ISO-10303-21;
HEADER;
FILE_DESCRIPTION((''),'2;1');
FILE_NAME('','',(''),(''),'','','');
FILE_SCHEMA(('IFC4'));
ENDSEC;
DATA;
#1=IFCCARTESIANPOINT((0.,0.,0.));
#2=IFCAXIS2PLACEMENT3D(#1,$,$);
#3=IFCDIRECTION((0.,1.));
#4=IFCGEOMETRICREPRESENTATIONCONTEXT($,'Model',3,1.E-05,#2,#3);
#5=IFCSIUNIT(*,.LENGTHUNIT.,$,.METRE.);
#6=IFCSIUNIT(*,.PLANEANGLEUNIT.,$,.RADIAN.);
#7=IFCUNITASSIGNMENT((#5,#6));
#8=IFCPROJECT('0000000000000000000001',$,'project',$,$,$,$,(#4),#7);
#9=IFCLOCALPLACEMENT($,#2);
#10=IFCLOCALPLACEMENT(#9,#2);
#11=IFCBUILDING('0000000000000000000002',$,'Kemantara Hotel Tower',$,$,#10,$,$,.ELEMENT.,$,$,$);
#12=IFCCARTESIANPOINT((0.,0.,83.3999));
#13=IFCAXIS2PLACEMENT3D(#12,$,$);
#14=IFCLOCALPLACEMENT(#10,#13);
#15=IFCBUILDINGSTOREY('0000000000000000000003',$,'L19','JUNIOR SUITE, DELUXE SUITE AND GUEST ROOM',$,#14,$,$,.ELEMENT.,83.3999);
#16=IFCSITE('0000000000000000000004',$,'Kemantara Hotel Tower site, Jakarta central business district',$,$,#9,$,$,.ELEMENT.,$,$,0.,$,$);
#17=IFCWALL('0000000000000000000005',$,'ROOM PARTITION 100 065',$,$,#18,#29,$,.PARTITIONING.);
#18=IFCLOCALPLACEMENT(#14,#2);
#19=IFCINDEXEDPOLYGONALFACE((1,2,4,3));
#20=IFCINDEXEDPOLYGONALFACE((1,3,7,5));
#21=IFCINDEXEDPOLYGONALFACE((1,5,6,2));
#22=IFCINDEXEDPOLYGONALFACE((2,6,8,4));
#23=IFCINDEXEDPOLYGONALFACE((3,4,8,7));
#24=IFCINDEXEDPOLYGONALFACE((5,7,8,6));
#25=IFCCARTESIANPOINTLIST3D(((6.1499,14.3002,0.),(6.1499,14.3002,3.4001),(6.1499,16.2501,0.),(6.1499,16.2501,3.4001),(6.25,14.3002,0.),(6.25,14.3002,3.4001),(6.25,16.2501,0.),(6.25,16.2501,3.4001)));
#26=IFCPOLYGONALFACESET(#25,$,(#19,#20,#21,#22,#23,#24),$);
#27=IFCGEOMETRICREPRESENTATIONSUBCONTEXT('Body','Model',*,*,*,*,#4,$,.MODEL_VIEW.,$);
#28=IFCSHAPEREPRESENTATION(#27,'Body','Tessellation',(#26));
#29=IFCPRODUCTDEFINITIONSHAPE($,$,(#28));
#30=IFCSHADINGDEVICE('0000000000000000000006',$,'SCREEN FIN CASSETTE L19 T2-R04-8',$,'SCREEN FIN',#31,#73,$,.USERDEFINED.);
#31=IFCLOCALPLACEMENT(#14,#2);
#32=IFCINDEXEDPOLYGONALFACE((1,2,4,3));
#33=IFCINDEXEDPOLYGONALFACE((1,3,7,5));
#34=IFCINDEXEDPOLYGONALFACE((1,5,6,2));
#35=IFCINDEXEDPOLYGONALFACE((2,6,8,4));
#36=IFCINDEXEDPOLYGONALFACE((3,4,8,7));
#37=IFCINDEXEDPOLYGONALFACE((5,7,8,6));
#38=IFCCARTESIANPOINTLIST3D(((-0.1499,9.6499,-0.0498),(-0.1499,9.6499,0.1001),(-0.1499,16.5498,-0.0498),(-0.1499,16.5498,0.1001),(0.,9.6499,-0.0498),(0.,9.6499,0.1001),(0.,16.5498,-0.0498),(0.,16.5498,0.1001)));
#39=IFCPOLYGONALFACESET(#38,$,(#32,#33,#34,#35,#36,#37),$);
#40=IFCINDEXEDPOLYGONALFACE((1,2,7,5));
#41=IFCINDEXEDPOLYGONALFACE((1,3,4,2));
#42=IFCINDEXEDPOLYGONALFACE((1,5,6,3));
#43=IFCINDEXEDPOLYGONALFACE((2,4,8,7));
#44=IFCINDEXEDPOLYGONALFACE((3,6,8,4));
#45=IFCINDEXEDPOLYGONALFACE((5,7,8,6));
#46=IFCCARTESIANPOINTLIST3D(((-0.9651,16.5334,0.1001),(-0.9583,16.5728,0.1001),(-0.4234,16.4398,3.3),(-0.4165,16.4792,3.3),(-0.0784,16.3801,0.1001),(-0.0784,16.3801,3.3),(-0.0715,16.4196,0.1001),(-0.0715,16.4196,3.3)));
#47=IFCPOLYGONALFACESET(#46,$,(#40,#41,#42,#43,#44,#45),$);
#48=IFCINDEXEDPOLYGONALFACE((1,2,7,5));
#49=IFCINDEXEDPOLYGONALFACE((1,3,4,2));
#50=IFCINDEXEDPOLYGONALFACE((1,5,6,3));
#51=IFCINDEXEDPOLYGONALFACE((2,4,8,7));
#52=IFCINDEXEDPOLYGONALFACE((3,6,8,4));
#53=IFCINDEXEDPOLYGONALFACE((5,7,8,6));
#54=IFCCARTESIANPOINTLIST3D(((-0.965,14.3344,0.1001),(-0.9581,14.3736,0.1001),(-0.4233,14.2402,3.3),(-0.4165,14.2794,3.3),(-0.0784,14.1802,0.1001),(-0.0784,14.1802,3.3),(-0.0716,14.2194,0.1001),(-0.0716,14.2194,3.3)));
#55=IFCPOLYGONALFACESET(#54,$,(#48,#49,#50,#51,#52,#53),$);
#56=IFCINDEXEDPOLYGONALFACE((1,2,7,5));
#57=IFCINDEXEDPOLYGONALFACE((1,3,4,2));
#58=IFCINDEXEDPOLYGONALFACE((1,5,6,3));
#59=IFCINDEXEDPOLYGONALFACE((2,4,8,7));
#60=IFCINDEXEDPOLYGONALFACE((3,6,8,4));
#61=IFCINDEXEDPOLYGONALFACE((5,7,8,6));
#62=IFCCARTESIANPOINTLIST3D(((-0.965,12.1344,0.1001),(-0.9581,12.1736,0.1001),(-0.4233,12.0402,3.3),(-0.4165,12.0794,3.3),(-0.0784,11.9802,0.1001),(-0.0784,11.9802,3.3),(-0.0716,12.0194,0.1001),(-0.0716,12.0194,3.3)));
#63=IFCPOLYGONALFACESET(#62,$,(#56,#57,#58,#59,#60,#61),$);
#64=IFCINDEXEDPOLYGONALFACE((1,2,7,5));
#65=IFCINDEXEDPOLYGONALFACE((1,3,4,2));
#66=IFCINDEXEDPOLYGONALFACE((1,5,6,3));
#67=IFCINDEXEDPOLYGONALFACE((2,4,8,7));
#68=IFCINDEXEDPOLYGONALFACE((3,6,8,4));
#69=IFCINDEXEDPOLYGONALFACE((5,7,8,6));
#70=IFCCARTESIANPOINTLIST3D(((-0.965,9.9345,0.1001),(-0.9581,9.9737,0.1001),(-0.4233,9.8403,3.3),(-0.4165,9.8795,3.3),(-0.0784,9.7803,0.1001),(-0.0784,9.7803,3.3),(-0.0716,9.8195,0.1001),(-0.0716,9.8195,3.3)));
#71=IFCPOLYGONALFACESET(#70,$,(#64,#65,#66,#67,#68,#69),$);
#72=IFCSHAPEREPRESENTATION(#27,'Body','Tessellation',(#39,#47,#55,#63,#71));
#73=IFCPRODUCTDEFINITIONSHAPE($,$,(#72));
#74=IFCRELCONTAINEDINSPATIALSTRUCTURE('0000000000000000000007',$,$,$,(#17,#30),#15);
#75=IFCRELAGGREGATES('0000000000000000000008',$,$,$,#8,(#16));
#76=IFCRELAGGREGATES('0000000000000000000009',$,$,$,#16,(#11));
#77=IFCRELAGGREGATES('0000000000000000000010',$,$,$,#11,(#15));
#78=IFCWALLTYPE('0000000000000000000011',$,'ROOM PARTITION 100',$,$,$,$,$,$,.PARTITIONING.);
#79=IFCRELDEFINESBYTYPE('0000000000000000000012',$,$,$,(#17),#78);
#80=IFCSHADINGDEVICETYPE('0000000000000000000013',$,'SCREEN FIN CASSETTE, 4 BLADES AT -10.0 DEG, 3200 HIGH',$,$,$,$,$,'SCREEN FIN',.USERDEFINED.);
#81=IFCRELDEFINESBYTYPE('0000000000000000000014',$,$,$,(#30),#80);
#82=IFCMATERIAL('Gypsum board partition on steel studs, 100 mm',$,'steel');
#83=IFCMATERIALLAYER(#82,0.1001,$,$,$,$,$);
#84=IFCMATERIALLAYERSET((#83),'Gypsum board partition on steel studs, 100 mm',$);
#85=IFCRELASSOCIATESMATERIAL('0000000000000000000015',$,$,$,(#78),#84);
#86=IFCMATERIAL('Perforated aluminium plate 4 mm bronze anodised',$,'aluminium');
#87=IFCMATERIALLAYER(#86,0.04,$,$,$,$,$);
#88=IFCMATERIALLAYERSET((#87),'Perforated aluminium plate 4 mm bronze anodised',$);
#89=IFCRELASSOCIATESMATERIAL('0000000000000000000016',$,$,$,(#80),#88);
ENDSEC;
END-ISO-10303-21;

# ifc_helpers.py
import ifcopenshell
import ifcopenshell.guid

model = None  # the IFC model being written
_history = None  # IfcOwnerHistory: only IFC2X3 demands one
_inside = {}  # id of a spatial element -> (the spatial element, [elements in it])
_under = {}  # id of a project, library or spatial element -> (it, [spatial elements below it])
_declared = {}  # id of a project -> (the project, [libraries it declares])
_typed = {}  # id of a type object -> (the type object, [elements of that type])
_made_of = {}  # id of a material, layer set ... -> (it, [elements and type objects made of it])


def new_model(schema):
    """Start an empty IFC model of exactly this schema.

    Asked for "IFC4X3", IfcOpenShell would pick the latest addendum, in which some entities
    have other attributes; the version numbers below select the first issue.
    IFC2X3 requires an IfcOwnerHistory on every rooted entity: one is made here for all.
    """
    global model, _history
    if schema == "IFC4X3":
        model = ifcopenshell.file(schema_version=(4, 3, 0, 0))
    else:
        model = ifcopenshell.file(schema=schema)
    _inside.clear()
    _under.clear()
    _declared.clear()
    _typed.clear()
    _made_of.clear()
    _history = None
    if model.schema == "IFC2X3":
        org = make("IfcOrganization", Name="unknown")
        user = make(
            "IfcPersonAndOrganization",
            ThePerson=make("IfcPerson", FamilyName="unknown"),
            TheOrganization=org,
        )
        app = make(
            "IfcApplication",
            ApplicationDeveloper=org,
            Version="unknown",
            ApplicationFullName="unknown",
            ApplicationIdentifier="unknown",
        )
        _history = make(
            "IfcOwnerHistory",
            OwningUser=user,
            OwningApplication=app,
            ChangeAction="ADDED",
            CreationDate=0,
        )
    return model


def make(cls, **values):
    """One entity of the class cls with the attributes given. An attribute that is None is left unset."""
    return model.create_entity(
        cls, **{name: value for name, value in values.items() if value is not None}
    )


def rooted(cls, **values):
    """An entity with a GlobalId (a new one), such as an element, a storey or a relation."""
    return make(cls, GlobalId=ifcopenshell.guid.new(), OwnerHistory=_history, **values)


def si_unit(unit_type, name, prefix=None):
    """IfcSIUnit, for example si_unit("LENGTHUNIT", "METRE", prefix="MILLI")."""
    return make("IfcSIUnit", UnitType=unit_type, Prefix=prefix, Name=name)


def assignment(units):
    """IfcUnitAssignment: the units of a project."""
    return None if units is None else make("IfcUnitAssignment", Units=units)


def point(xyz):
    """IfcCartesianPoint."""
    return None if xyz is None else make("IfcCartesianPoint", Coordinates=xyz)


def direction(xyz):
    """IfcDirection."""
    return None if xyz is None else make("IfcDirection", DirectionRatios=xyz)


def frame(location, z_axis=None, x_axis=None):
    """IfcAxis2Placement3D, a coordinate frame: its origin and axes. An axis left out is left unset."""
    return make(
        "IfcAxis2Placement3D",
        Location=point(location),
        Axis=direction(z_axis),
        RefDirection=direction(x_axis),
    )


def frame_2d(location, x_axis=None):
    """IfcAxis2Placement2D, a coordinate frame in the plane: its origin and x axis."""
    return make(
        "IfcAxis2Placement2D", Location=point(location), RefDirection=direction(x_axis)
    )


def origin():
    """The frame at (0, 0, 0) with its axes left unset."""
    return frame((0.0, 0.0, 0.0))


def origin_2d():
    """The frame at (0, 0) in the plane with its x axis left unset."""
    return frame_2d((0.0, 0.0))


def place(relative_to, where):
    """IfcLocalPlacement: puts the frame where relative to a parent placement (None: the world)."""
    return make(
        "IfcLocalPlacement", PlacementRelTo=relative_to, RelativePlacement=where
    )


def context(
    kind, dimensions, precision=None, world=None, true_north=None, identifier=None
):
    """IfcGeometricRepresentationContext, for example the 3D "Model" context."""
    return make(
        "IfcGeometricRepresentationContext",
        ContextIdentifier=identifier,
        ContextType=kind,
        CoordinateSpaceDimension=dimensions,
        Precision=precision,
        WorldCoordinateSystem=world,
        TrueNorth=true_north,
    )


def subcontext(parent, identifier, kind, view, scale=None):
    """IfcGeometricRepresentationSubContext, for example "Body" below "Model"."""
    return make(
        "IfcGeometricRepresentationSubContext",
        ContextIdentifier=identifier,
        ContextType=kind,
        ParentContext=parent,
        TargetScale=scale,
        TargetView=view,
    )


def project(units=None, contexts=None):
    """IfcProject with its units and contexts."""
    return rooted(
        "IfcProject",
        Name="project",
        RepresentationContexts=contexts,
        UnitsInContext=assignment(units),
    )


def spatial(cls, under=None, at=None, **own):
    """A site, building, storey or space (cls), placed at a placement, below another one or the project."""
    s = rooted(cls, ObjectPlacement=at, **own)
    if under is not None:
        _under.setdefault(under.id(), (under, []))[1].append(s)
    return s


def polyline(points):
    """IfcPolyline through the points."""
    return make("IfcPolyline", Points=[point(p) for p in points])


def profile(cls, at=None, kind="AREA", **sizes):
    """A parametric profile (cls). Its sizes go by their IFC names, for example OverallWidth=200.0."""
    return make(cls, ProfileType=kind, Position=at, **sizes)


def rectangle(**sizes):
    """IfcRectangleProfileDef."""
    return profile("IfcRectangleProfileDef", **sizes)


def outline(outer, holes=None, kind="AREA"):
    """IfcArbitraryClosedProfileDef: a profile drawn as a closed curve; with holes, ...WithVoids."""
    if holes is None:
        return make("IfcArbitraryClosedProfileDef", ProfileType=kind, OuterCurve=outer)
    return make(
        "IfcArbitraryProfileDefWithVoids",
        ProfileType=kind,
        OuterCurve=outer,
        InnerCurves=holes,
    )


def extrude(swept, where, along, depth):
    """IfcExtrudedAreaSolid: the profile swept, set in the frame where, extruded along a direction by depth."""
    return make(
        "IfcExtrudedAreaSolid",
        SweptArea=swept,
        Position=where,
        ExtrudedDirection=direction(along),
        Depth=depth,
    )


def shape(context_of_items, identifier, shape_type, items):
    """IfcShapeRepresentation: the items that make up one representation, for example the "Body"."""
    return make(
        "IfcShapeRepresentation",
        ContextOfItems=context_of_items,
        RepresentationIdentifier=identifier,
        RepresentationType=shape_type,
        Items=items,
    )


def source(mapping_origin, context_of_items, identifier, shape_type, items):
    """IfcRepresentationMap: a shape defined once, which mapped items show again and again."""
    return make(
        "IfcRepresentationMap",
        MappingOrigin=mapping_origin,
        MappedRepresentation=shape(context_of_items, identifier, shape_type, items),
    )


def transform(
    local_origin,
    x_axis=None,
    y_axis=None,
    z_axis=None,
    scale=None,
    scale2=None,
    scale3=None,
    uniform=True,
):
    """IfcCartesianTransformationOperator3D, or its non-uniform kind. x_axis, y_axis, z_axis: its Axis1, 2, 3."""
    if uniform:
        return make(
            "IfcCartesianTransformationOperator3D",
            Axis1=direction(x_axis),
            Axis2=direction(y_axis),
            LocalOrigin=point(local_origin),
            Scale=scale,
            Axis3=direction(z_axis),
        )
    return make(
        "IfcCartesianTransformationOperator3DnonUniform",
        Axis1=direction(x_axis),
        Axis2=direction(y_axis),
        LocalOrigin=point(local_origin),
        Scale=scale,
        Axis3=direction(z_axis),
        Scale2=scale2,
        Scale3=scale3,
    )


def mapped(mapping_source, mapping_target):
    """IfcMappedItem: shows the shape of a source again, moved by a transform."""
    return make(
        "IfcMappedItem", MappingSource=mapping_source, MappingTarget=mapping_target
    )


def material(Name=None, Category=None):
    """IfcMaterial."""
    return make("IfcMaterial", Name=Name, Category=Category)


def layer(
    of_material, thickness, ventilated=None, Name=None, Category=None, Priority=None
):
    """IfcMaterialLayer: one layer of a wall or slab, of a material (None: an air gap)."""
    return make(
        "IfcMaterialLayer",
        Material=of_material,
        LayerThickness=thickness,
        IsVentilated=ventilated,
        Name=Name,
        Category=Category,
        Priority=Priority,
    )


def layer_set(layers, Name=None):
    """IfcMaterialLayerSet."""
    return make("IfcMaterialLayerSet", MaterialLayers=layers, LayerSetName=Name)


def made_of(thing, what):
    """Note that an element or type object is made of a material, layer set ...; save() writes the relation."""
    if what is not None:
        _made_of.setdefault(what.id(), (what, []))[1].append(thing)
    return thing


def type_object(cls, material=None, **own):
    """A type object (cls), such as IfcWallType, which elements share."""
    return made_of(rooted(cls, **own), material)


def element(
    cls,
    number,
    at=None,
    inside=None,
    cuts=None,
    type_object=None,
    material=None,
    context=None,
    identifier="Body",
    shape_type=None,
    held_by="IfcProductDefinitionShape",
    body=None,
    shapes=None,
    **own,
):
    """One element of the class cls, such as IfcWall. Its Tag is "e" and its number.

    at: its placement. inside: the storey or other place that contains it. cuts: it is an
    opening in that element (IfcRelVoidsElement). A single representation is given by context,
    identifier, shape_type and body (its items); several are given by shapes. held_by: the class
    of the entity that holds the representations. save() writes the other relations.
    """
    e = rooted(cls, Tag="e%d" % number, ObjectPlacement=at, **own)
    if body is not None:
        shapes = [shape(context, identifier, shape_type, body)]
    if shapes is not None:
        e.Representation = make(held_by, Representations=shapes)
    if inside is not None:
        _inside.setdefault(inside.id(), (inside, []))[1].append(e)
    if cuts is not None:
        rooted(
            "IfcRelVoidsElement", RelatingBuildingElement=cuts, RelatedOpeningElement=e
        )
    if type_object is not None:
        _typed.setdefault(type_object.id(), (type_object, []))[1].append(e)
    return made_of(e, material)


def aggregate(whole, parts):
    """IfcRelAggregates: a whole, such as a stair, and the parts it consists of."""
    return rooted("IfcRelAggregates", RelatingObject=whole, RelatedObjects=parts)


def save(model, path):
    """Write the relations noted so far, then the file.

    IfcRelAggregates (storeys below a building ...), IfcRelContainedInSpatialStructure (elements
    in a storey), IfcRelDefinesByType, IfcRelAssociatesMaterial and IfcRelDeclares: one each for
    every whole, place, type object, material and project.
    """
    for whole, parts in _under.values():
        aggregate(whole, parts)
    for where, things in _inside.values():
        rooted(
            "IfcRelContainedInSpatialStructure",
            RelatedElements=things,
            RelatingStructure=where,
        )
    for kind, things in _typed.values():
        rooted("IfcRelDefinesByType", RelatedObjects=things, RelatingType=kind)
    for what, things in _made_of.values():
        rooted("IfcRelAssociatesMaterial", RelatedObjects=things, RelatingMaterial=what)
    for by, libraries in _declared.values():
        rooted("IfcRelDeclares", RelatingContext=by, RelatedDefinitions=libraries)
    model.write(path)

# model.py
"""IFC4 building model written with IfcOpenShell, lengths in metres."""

from ifc_helpers import new_model, si_unit, direction, frame, frame_2d, origin, origin_2d, place, context, subcontext, project, spatial, polyline, rectangle, outline, extrude, source, transform, mapped, material, layer, layer_set, type_object, element, save


model = new_model("IFC4")

# Units and contexts
model_context = context("Model", 3, precision=1e-05, world=origin(), true_north=direction((0.0, 1.0)))
body_context = subcontext(model_context, "Body", "Model", "MODEL_VIEW")
ifc_project = project(units=[si_unit("LENGTHUNIT", "METRE"), si_unit("PLANEANGLEUNIT", "RADIAN")], contexts=[model_context])

# Site, building, storey
site_placement = place(None, origin())
site = spatial("IfcSite", under=ifc_project, at=site_placement, Name="Kemantara Hotel Tower site, Jakarta central business district", CompositionType="ELEMENT", RefElevation=0.0)
building_placement = place(site_placement, origin())
building = spatial("IfcBuilding", under=site, at=building_placement, Name="Kemantara Hotel Tower", CompositionType="ELEMENT")
storey_placement = place(building_placement, frame((0.0, 0.0, 83.3999)))
storey = spatial("IfcBuildingStorey", under=building, at=storey_placement, Name="L19", Description="JUNIOR SUITE, DELUXE SUITE AND GUEST ROOM", CompositionType="ELEMENT", Elevation=83.3999)

# Shared definitions
ifc_material_1 = material(Name="Gypsum board partition on steel studs, 100 mm", Category="steel")
ifc_layer_1 = layer(ifc_material_1, 0.1001)
ifc_layer_set_1 = layer_set([ifc_layer_1], Name="Gypsum board partition on steel studs, 100 mm")
wall_type_1 = type_object("IfcWallType", Name="ROOM PARTITION 100", PredefinedType="PARTITIONING", material=ifc_layer_set_1)

# Wall
wall_1_placement = place(storey_placement, frame((6.2, 14.3, 0.0), z_axis=(0.0, 0.0, 1.0), x_axis=(0.0, 1.0, 0.0)))
element("IfcWall", 1, at=wall_1_placement, inside=storey, type_object=wall_type_1, Name="ROOM PARTITION 100 065", PredefinedType="PARTITIONING", context=body_context, shape_type="SweptSolid", body=[
    extrude(rectangle(XDim=1.95, YDim=0.1001, at=frame_2d((0.9751, 0.0))), origin(), (0.0, 0.0, 1.0), 3.4001),
])

# Shading device
ifc_material_2 = material(Name="Perforated aluminium plate 4 mm bronze anodised", Category="aluminium")
ifc_layer_2 = layer(ifc_material_2, 0.04)
ifc_layer_set_2 = layer_set([ifc_layer_2], Name="Perforated aluminium plate 4 mm bronze anodised")
shading_device_type = type_object("IfcShadingDeviceType", Name="SCREEN FIN CASSETTE, 4 BLADES AT -10.0 DEG, 3200 HIGH", ElementType="SCREEN FIN", PredefinedType="USERDEFINED", material=ifc_layer_set_2)
shared_shape = source(origin(), body_context, "Body", "SweptSolid", [
    extrude(rectangle(XDim=6.8999, YDim=0.1499, at=origin_2d()), frame((3.3, -0.075, -0.1499), z_axis=(0.0, 0.0, 1.0), x_axis=(1.0, 0.0, 0.0)), (0.0, 0.0, 1.0), 0.1499),
    extrude(outline(polyline([(0.0, 0.0), (0.8999, 0.0), (0.3501, 3.2), (0.0, 3.2), (0.0, 0.0)])), frame((0.0198, -0.0784, 0.0), z_axis=(-0.98539, 0.170314, 0.0), x_axis=(-0.170314, -0.98539, 0.0)), (0.0, 0.0, 1.0), 0.04),
    extrude(outline(polyline([(0.0, 0.0), (0.8999, 0.0), (0.3501, 3.2), (0.0, 3.2), (0.0, 0.0)])), frame((2.2197, -0.0784, 0.0), z_axis=(-0.985212, 0.171341, 0.0), x_axis=(-0.171341, -0.985212, 0.0)), (0.0, 0.0, 1.0), 0.0398),
    extrude(outline(polyline([(0.0, 0.0), (0.8999, 0.0), (0.3501, 3.2), (0.0, 3.2), (0.0, 0.0)])), frame((4.4197, -0.0784, 0.0), z_axis=(-0.985212, 0.171341, 0.0), x_axis=(-0.171341, -0.985212, 0.0)), (0.0, 0.0, 1.0), 0.0398),
    extrude(outline(polyline([(0.0, 0.0), (0.8999, 0.0), (0.3501, 3.2), (0.0, 3.2), (0.0, 0.0)])), frame((6.6196, -0.0784, 0.0), z_axis=(-0.985212, 0.171341, 0.0), x_axis=(-0.171341, -0.985212, 0.0)), (0.0, 0.0, 1.0), 0.0398),
])
shading_device_placement = place(storey_placement, frame((0.0, 16.3999, 0.1001), z_axis=(0.0, 0.0, 1.0), x_axis=(0.0, -1.0, 0.0)))
element("IfcShadingDevice", 2, at=shading_device_placement, inside=storey, type_object=shading_device_type, Name="SCREEN FIN CASSETTE L19 T2-R04-8", ObjectType="SCREEN FIN", PredefinedType="USERDEFINED", context=body_context, shape_type="MappedRepresentation", body=[
    mapped(shared_shape, transform((0.0, 0.0, 0.0))),
])

save(model, "model.ifc")
